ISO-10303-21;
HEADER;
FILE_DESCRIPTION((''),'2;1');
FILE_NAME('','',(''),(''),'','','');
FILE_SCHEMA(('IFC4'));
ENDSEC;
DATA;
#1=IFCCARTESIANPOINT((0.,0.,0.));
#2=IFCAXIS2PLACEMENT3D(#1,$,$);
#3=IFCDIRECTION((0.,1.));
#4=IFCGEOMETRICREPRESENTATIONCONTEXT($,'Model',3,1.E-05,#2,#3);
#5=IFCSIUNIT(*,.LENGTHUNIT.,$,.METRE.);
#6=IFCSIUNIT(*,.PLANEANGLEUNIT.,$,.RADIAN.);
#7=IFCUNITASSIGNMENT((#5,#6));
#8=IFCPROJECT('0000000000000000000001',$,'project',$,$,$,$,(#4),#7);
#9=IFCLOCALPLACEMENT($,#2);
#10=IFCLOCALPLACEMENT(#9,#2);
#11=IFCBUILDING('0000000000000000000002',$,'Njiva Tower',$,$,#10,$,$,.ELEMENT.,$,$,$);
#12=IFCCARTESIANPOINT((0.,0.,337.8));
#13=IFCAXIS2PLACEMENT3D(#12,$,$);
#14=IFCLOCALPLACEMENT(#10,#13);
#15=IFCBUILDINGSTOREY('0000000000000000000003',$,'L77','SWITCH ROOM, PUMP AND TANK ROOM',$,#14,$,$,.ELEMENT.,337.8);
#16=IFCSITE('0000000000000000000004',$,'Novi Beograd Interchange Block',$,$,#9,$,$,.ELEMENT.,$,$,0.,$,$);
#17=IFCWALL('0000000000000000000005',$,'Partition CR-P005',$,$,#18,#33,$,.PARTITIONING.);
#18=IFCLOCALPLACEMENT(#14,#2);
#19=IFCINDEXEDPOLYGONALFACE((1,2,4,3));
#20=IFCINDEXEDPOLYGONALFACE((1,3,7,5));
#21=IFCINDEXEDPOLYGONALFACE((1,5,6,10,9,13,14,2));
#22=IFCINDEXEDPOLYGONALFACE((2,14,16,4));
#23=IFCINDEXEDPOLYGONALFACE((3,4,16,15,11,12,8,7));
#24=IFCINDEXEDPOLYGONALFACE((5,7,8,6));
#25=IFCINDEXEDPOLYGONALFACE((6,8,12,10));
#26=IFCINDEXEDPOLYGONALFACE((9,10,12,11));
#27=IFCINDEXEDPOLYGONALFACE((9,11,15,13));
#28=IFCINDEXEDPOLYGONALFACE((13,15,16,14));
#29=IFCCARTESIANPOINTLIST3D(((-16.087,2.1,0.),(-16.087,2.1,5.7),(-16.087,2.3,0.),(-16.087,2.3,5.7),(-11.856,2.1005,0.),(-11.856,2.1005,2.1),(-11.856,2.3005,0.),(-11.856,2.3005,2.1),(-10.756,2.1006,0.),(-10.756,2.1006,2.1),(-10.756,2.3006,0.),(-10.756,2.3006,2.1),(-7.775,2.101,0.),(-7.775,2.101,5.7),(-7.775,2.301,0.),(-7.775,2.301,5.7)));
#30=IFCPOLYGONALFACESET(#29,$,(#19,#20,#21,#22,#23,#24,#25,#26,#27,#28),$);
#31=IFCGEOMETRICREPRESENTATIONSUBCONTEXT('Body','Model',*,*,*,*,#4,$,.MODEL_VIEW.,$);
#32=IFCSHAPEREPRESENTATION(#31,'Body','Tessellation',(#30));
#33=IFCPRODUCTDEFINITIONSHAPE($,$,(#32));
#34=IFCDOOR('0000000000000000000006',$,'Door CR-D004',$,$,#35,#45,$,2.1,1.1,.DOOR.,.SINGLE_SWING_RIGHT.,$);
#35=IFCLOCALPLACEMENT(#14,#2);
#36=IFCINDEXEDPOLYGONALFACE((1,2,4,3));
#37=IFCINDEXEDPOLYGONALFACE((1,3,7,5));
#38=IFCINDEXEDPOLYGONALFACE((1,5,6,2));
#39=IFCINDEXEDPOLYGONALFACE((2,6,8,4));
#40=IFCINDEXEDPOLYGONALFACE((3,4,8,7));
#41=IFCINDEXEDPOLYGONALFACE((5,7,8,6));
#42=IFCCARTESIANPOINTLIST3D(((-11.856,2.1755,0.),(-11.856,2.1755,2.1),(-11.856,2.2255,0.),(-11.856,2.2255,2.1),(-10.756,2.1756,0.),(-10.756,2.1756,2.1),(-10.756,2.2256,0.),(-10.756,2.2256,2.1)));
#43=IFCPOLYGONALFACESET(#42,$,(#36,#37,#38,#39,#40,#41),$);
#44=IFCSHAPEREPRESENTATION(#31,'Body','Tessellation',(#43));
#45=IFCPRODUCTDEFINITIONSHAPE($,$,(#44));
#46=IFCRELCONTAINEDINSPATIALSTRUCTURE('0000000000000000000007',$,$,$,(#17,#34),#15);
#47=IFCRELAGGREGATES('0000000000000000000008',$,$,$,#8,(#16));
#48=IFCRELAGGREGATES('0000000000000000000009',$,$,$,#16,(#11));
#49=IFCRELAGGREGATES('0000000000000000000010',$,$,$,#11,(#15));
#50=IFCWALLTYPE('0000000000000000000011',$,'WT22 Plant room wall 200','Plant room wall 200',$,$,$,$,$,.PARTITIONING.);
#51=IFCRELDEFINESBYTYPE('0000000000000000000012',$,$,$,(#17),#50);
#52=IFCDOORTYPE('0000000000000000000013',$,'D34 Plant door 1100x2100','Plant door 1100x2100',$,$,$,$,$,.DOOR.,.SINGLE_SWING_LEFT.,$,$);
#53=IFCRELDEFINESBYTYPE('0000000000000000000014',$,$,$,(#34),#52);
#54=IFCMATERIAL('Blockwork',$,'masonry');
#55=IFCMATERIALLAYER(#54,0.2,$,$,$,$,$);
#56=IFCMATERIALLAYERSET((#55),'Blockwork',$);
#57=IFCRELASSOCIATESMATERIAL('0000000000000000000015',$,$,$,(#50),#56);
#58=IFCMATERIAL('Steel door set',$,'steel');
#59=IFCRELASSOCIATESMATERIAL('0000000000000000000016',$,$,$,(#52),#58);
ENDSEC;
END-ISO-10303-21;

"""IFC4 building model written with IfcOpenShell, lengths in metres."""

from ifc_helpers import new_model, si_unit, direction, frame, frame_2d, origin, place, context, subcontext, project, spatial, rectangle, extrude, material, layer, layer_set, type_object, element, fill, save


model = new_model("IFC4")

# Units and contexts
model_context = context("Model", 3, precision=1e-05, world=origin(), true_north=direction((0.0, 1.0)))
body_context = subcontext(model_context, "Body", "Model", "MODEL_VIEW")
ifc_project = project(units=[si_unit("LENGTHUNIT", "METRE"), si_unit("PLANEANGLEUNIT", "RADIAN")], contexts=[model_context])

# Site, building, storey
site_placement = place(None, origin())
site = spatial("IfcSite", under=ifc_project, at=site_placement, Name="Novi Beograd Interchange Block", CompositionType="ELEMENT", RefElevation=0.0)
building_placement = place(site_placement, origin())
building = spatial("IfcBuilding", under=site, at=building_placement, Name="Njiva Tower", CompositionType="ELEMENT")
storey_placement = place(building_placement, frame((0.0, 0.0, 337.8)))
storey = spatial("IfcBuildingStorey", under=building, at=storey_placement, Name="L77", Description="SWITCH ROOM, PUMP AND TANK ROOM", CompositionType="ELEMENT", Elevation=337.8)

# Shared definitions
ifc_material_1 = material(Name="Blockwork", Category="masonry")
ifc_layer_1 = layer(ifc_material_1, 0.2)
ifc_layer_set_1 = layer_set([ifc_layer_1], Name="Blockwork")
wall_type_1 = type_object("IfcWallType", Name="WT22 Plant room wall 200", Description="Plant room wall 200", PredefinedType="PARTITIONING", material=ifc_layer_set_1)
ifc_material_2 = material(Name="Steel door set", Category="steel")
door_type_1 = type_object("IfcDoorType", Name="D34 Plant door 1100x2100", Description="Plant door 1100x2100", OperationType="SINGLE_SWING_LEFT", PredefinedType="DOOR", material=ifc_material_2)

# Wall, opening, door
wall_1_placement = place(storey_placement, frame((-16.087, 2.2, 0.0), z_axis=(0.0, 0.0, 1.0), x_axis=(1.0, 0.00012, 0.0)))
wall_1 = element("IfcWall", 1, at=wall_1_placement, inside=storey, type_object=wall_type_1, Name="Partition CR-P005", PredefinedType="PARTITIONING", context=body_context, shape_type="SweptSolid", body=[
    extrude(rectangle(XDim=8.312, YDim=0.2, at=frame_2d((4.156, 0.0))), origin(), (0.0, 0.0, 1.0), 5.7),
])
opening_1_placement = place(wall_1_placement, frame((4.231, 0.0, 0.0)))
opening_1 = element("IfcOpeningElement", 2, at=opening_1_placement, cuts=wall_1, PredefinedType="OPENING", context=body_context, shape_type="SweptSolid", body=[
    extrude(rectangle(XDim=1.1, YDim=2.1, at=frame_2d((0.55, 1.05))), frame((0.0, 0.11, 0.0), z_axis=(0.0, -1.0, 0.0), x_axis=(1.0, 0.0, 0.0)), (0.0, 0.0, 1.0), 0.22),
])
door_1_placement = place(opening_1_placement, origin())
door_1 = element("IfcDoor", 3, at=door_1_placement, inside=storey, type_object=door_type_1, Name="Door CR-D004", OperationType="SINGLE_SWING_RIGHT", OverallHeight=2.1, OverallWidth=1.1, PredefinedType="DOOR", context=body_context, shape_type="SweptSolid", body=[
    extrude(rectangle(XDim=1.1, YDim=2.1, at=frame_2d((0.55, 1.05))), frame((0.0, 0.025, 0.0), z_axis=(0.0, -1.0, 0.0), x_axis=(1.0, 0.0, 0.0)), (0.0, 0.0, 1.0), 0.05),
])
fill(opening_1, door_1)

save(model, "model.ifc")
